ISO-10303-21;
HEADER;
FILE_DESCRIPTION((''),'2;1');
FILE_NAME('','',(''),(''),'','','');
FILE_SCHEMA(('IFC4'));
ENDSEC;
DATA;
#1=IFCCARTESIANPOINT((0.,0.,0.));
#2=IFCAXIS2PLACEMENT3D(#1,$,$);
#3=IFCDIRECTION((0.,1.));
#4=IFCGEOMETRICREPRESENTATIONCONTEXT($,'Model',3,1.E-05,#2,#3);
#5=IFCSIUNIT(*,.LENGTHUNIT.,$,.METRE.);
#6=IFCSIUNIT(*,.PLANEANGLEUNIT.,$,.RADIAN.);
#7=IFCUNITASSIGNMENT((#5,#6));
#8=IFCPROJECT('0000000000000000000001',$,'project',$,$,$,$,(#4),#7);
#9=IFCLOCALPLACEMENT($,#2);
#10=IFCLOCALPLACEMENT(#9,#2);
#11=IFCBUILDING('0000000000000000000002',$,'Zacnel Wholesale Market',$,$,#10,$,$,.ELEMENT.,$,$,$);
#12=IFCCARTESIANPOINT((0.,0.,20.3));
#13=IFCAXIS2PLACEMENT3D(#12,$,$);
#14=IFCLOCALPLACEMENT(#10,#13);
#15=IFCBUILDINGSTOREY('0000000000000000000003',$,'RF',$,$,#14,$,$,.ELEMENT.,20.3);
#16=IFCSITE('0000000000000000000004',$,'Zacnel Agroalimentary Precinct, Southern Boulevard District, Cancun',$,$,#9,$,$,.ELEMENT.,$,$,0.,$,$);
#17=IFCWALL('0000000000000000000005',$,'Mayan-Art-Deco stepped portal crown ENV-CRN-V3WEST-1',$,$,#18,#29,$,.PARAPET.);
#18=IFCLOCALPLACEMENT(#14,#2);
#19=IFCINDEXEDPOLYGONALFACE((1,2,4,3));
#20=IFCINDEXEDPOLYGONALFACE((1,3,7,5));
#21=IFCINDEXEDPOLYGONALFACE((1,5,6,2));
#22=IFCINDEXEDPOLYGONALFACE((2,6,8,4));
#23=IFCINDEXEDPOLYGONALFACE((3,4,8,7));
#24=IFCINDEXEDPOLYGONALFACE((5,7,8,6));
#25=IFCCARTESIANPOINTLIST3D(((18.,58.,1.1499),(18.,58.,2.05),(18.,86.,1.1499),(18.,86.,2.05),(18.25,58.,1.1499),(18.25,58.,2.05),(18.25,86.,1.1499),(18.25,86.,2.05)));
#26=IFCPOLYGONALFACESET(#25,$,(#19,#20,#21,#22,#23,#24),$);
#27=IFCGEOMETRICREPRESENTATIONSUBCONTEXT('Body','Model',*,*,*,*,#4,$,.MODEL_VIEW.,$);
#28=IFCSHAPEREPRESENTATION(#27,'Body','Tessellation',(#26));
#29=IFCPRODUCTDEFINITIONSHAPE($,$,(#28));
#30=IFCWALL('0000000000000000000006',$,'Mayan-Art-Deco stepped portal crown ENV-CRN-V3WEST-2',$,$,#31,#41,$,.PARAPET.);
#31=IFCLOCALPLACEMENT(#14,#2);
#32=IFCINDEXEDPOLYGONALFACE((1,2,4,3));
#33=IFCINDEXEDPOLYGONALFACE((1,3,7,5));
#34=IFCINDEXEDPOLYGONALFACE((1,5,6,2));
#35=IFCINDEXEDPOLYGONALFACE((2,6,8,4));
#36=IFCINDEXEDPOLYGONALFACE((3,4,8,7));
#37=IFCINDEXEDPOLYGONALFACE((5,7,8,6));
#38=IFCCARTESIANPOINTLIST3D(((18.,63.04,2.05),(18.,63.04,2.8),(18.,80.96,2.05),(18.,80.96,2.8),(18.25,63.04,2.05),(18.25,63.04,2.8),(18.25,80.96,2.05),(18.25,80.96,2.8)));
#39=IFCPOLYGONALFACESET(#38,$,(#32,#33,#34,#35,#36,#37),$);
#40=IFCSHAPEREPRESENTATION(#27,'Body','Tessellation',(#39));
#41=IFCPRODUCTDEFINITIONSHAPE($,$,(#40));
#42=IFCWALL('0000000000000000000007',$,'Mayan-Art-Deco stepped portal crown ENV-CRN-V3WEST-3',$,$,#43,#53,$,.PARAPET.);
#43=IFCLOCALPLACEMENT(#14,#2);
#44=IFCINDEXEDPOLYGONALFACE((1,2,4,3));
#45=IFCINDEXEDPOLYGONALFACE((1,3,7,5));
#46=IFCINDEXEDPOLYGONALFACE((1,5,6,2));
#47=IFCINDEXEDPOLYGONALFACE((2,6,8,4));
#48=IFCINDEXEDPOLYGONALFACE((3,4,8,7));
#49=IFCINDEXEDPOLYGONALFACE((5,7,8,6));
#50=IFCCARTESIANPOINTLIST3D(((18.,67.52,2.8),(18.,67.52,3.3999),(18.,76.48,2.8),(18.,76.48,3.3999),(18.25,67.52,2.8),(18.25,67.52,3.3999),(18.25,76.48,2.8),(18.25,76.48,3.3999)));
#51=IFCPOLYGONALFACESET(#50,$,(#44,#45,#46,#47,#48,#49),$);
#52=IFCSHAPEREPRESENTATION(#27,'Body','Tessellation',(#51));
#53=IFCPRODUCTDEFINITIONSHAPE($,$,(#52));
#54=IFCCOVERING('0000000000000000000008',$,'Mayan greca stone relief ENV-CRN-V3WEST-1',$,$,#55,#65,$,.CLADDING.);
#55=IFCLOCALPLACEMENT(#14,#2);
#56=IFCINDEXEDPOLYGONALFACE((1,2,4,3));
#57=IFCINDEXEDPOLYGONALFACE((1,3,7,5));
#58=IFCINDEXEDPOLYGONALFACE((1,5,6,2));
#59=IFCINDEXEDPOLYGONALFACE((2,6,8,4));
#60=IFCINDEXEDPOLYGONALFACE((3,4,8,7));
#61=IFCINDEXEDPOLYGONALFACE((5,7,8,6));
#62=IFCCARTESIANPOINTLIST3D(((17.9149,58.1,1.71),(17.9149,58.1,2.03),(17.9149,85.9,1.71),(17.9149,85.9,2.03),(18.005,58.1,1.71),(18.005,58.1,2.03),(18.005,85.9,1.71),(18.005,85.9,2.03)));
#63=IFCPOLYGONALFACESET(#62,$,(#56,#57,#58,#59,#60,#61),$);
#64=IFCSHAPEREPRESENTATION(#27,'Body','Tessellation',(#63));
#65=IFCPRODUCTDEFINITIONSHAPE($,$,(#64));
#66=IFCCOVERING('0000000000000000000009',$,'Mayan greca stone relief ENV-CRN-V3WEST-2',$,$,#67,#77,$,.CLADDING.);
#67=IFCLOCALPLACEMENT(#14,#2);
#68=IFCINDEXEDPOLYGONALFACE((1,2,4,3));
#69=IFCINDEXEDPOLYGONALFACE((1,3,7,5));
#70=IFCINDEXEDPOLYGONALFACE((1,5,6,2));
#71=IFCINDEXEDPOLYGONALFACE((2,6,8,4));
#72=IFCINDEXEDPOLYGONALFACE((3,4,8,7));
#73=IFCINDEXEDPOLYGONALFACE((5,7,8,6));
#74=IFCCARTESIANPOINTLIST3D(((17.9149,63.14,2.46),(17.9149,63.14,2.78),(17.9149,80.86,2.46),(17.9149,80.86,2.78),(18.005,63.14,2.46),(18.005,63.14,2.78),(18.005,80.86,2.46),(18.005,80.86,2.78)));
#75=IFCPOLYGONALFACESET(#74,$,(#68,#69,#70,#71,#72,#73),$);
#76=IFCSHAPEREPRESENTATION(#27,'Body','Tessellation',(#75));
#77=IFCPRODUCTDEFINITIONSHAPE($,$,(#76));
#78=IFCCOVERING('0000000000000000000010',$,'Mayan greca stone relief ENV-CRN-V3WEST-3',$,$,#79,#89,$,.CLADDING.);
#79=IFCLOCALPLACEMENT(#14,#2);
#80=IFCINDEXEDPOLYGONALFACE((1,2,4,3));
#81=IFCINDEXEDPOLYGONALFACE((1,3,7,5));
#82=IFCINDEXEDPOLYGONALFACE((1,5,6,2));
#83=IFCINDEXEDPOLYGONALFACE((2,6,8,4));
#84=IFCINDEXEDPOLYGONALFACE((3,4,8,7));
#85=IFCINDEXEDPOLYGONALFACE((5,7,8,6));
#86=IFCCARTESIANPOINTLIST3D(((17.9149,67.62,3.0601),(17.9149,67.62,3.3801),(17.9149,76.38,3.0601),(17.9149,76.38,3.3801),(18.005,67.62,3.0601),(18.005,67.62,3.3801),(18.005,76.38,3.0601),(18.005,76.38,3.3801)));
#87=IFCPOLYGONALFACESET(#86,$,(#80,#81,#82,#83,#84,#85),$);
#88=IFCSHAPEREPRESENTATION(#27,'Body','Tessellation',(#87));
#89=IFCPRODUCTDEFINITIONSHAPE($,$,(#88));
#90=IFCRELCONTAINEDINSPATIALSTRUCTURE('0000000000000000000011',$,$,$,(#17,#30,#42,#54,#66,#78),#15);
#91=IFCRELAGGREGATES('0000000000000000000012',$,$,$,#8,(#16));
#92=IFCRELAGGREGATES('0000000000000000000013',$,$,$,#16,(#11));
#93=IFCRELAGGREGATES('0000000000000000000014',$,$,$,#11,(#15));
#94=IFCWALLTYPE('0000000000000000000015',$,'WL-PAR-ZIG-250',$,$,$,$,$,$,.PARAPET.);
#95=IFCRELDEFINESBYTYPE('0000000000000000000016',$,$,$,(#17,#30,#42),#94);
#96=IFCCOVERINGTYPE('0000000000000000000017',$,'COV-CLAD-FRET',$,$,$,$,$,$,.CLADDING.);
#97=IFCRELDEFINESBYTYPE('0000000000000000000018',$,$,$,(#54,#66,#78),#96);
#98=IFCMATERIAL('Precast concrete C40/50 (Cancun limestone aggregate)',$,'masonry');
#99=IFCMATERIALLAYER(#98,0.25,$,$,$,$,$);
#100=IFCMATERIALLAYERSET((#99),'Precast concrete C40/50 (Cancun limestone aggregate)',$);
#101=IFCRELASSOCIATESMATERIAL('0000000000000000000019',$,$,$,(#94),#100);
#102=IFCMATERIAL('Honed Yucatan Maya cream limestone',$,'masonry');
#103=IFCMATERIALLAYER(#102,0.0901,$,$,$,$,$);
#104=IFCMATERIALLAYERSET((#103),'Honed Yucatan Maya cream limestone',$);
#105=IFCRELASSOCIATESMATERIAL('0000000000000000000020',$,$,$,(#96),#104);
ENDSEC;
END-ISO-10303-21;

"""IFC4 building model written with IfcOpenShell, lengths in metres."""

from ifc_helpers import new_model, si_unit, direction, frame, frame_2d, origin, origin_2d, place, context, subcontext, project, spatial, rectangle, extrude, material, layer, layer_set, type_object, element, save


model = new_model("IFC4")

# Units and contexts
model_context = context("Model", 3, precision=1e-05, world=origin(), true_north=direction((0.0, 1.0)))
body_context = subcontext(model_context, "Body", "Model", "MODEL_VIEW")
ifc_project = project(units=[si_unit("LENGTHUNIT", "METRE"), si_unit("PLANEANGLEUNIT", "RADIAN")], contexts=[model_context])

# Site, building, storey
site_placement = place(None, origin())
site = spatial("IfcSite", under=ifc_project, at=site_placement, Name="Zacnel Agroalimentary Precinct, Southern Boulevard District, Cancun", CompositionType="ELEMENT", RefElevation=0.0)
building_placement = place(site_placement, origin())
building = spatial("IfcBuilding", under=site, at=building_placement, Name="Zacnel Wholesale Market", CompositionType="ELEMENT")
storey_placement = place(building_placement, frame((0.0, 0.0, 20.3)))
storey = spatial("IfcBuildingStorey", under=building, at=storey_placement, Name="RF", CompositionType="ELEMENT", Elevation=20.3)

# Walls
ifc_material_1 = material(Name="Precast concrete C40/50 (Cancun limestone aggregate)", Category="masonry")
ifc_layer_1 = layer(ifc_material_1, 0.25)
ifc_layer_set_1 = layer_set([ifc_layer_1], Name="Precast concrete C40/50 (Cancun limestone aggregate)")
wall_type = type_object("IfcWallType", Name="WL-PAR-ZIG-250", PredefinedType="PARAPET", material=ifc_layer_set_1)
wall_1_placement = place(storey_placement, frame((18.125, 58.0, 1.1499), z_axis=(0.0, 0.0, 1.0), x_axis=(0.0, 1.0, 0.0)))
element("IfcWall", 1, at=wall_1_placement, inside=storey, type_object=wall_type, Name="Mayan-Art-Deco stepped portal crown ENV-CRN-V3WEST-1", PredefinedType="PARAPET", context=body_context, shape_type="SweptSolid", body=[
    extrude(rectangle(XDim=28.0, YDim=0.25, at=frame_2d((14.0, 0.0))), origin(), (0.0, 0.0, 1.0), 0.9001),
])
wall_2_placement = place(storey_placement, frame((18.125, 63.04, 2.05), z_axis=(0.0, 0.0, 1.0), x_axis=(0.0, 1.0, 0.0)))
element("IfcWall", 2, at=wall_2_placement, inside=storey, type_object=wall_type, Name="Mayan-Art-Deco stepped portal crown ENV-CRN-V3WEST-2", PredefinedType="PARAPET", context=body_context, shape_type="SweptSolid", body=[
    extrude(rectangle(XDim=17.9199, YDim=0.25, at=frame_2d((8.96, 0.0))), origin(), (0.0, 0.0, 1.0), 0.75),
])
wall_3_placement = place(storey_placement, frame((18.125, 67.52, 2.8), z_axis=(0.0, 0.0, 1.0), x_axis=(0.0, 1.0, 0.0)))
element("IfcWall", 3, at=wall_3_placement, inside=storey, type_object=wall_type, Name="Mayan-Art-Deco stepped portal crown ENV-CRN-V3WEST-3", PredefinedType="PARAPET", context=body_context, shape_type="SweptSolid", body=[
    extrude(rectangle(XDim=8.96, YDim=0.25, at=frame_2d((4.48, 0.0))), origin(), (0.0, 0.0, 1.0), 0.5999),
])

# Coverings
ifc_material_2 = material(Name="Honed Yucatan Maya cream limestone", Category="masonry")
ifc_layer_2 = layer(ifc_material_2, 0.0901)
ifc_layer_set_2 = layer_set([ifc_layer_2], Name="Honed Yucatan Maya cream limestone")
covering_type = type_object("IfcCoveringType", Name="COV-CLAD-FRET", PredefinedType="CLADDING", material=ifc_layer_set_2)
covering_1_placement = place(storey_placement, frame((17.96, 72.0, 1.71), z_axis=(0.0, 0.0, 1.0), x_axis=(0.0, 1.0, 0.0)))
element("IfcCovering", 4, at=covering_1_placement, inside=storey, type_object=covering_type, Name="Mayan greca stone relief ENV-CRN-V3WEST-1", PredefinedType="CLADDING", context=body_context, shape_type="SweptSolid", body=[
    extrude(rectangle(XDim=27.8, YDim=0.0901, at=origin_2d()), origin(), (0.0, 0.0, 1.0), 0.3201),
])
covering_2_placement = place(storey_placement, frame((17.96, 72.0, 2.46), z_axis=(0.0, 0.0, 1.0), x_axis=(0.0, 1.0, 0.0)))
element("IfcCovering", 5, at=covering_2_placement, inside=storey, type_object=covering_type, Name="Mayan greca stone relief ENV-CRN-V3WEST-2", PredefinedType="CLADDING", context=body_context, shape_type="SweptSolid", body=[
    extrude(rectangle(XDim=17.72, YDim=0.0901, at=origin_2d()), origin(), (0.0, 0.0, 1.0), 0.3201),
])
covering_3_placement = place(storey_placement, frame((17.96, 72.0, 3.0601), z_axis=(0.0, 0.0, 1.0), x_axis=(0.0, 1.0, 0.0)))
element("IfcCovering", 6, at=covering_3_placement, inside=storey, type_object=covering_type, Name="Mayan greca stone relief ENV-CRN-V3WEST-3", PredefinedType="CLADDING", context=body_context, shape_type="SweptSolid", body=[
    extrude(rectangle(XDim=8.76, YDim=0.0901, at=origin_2d()), origin(), (0.0, 0.0, 1.0), 0.3201),
])

save(model, "model.ifc")
